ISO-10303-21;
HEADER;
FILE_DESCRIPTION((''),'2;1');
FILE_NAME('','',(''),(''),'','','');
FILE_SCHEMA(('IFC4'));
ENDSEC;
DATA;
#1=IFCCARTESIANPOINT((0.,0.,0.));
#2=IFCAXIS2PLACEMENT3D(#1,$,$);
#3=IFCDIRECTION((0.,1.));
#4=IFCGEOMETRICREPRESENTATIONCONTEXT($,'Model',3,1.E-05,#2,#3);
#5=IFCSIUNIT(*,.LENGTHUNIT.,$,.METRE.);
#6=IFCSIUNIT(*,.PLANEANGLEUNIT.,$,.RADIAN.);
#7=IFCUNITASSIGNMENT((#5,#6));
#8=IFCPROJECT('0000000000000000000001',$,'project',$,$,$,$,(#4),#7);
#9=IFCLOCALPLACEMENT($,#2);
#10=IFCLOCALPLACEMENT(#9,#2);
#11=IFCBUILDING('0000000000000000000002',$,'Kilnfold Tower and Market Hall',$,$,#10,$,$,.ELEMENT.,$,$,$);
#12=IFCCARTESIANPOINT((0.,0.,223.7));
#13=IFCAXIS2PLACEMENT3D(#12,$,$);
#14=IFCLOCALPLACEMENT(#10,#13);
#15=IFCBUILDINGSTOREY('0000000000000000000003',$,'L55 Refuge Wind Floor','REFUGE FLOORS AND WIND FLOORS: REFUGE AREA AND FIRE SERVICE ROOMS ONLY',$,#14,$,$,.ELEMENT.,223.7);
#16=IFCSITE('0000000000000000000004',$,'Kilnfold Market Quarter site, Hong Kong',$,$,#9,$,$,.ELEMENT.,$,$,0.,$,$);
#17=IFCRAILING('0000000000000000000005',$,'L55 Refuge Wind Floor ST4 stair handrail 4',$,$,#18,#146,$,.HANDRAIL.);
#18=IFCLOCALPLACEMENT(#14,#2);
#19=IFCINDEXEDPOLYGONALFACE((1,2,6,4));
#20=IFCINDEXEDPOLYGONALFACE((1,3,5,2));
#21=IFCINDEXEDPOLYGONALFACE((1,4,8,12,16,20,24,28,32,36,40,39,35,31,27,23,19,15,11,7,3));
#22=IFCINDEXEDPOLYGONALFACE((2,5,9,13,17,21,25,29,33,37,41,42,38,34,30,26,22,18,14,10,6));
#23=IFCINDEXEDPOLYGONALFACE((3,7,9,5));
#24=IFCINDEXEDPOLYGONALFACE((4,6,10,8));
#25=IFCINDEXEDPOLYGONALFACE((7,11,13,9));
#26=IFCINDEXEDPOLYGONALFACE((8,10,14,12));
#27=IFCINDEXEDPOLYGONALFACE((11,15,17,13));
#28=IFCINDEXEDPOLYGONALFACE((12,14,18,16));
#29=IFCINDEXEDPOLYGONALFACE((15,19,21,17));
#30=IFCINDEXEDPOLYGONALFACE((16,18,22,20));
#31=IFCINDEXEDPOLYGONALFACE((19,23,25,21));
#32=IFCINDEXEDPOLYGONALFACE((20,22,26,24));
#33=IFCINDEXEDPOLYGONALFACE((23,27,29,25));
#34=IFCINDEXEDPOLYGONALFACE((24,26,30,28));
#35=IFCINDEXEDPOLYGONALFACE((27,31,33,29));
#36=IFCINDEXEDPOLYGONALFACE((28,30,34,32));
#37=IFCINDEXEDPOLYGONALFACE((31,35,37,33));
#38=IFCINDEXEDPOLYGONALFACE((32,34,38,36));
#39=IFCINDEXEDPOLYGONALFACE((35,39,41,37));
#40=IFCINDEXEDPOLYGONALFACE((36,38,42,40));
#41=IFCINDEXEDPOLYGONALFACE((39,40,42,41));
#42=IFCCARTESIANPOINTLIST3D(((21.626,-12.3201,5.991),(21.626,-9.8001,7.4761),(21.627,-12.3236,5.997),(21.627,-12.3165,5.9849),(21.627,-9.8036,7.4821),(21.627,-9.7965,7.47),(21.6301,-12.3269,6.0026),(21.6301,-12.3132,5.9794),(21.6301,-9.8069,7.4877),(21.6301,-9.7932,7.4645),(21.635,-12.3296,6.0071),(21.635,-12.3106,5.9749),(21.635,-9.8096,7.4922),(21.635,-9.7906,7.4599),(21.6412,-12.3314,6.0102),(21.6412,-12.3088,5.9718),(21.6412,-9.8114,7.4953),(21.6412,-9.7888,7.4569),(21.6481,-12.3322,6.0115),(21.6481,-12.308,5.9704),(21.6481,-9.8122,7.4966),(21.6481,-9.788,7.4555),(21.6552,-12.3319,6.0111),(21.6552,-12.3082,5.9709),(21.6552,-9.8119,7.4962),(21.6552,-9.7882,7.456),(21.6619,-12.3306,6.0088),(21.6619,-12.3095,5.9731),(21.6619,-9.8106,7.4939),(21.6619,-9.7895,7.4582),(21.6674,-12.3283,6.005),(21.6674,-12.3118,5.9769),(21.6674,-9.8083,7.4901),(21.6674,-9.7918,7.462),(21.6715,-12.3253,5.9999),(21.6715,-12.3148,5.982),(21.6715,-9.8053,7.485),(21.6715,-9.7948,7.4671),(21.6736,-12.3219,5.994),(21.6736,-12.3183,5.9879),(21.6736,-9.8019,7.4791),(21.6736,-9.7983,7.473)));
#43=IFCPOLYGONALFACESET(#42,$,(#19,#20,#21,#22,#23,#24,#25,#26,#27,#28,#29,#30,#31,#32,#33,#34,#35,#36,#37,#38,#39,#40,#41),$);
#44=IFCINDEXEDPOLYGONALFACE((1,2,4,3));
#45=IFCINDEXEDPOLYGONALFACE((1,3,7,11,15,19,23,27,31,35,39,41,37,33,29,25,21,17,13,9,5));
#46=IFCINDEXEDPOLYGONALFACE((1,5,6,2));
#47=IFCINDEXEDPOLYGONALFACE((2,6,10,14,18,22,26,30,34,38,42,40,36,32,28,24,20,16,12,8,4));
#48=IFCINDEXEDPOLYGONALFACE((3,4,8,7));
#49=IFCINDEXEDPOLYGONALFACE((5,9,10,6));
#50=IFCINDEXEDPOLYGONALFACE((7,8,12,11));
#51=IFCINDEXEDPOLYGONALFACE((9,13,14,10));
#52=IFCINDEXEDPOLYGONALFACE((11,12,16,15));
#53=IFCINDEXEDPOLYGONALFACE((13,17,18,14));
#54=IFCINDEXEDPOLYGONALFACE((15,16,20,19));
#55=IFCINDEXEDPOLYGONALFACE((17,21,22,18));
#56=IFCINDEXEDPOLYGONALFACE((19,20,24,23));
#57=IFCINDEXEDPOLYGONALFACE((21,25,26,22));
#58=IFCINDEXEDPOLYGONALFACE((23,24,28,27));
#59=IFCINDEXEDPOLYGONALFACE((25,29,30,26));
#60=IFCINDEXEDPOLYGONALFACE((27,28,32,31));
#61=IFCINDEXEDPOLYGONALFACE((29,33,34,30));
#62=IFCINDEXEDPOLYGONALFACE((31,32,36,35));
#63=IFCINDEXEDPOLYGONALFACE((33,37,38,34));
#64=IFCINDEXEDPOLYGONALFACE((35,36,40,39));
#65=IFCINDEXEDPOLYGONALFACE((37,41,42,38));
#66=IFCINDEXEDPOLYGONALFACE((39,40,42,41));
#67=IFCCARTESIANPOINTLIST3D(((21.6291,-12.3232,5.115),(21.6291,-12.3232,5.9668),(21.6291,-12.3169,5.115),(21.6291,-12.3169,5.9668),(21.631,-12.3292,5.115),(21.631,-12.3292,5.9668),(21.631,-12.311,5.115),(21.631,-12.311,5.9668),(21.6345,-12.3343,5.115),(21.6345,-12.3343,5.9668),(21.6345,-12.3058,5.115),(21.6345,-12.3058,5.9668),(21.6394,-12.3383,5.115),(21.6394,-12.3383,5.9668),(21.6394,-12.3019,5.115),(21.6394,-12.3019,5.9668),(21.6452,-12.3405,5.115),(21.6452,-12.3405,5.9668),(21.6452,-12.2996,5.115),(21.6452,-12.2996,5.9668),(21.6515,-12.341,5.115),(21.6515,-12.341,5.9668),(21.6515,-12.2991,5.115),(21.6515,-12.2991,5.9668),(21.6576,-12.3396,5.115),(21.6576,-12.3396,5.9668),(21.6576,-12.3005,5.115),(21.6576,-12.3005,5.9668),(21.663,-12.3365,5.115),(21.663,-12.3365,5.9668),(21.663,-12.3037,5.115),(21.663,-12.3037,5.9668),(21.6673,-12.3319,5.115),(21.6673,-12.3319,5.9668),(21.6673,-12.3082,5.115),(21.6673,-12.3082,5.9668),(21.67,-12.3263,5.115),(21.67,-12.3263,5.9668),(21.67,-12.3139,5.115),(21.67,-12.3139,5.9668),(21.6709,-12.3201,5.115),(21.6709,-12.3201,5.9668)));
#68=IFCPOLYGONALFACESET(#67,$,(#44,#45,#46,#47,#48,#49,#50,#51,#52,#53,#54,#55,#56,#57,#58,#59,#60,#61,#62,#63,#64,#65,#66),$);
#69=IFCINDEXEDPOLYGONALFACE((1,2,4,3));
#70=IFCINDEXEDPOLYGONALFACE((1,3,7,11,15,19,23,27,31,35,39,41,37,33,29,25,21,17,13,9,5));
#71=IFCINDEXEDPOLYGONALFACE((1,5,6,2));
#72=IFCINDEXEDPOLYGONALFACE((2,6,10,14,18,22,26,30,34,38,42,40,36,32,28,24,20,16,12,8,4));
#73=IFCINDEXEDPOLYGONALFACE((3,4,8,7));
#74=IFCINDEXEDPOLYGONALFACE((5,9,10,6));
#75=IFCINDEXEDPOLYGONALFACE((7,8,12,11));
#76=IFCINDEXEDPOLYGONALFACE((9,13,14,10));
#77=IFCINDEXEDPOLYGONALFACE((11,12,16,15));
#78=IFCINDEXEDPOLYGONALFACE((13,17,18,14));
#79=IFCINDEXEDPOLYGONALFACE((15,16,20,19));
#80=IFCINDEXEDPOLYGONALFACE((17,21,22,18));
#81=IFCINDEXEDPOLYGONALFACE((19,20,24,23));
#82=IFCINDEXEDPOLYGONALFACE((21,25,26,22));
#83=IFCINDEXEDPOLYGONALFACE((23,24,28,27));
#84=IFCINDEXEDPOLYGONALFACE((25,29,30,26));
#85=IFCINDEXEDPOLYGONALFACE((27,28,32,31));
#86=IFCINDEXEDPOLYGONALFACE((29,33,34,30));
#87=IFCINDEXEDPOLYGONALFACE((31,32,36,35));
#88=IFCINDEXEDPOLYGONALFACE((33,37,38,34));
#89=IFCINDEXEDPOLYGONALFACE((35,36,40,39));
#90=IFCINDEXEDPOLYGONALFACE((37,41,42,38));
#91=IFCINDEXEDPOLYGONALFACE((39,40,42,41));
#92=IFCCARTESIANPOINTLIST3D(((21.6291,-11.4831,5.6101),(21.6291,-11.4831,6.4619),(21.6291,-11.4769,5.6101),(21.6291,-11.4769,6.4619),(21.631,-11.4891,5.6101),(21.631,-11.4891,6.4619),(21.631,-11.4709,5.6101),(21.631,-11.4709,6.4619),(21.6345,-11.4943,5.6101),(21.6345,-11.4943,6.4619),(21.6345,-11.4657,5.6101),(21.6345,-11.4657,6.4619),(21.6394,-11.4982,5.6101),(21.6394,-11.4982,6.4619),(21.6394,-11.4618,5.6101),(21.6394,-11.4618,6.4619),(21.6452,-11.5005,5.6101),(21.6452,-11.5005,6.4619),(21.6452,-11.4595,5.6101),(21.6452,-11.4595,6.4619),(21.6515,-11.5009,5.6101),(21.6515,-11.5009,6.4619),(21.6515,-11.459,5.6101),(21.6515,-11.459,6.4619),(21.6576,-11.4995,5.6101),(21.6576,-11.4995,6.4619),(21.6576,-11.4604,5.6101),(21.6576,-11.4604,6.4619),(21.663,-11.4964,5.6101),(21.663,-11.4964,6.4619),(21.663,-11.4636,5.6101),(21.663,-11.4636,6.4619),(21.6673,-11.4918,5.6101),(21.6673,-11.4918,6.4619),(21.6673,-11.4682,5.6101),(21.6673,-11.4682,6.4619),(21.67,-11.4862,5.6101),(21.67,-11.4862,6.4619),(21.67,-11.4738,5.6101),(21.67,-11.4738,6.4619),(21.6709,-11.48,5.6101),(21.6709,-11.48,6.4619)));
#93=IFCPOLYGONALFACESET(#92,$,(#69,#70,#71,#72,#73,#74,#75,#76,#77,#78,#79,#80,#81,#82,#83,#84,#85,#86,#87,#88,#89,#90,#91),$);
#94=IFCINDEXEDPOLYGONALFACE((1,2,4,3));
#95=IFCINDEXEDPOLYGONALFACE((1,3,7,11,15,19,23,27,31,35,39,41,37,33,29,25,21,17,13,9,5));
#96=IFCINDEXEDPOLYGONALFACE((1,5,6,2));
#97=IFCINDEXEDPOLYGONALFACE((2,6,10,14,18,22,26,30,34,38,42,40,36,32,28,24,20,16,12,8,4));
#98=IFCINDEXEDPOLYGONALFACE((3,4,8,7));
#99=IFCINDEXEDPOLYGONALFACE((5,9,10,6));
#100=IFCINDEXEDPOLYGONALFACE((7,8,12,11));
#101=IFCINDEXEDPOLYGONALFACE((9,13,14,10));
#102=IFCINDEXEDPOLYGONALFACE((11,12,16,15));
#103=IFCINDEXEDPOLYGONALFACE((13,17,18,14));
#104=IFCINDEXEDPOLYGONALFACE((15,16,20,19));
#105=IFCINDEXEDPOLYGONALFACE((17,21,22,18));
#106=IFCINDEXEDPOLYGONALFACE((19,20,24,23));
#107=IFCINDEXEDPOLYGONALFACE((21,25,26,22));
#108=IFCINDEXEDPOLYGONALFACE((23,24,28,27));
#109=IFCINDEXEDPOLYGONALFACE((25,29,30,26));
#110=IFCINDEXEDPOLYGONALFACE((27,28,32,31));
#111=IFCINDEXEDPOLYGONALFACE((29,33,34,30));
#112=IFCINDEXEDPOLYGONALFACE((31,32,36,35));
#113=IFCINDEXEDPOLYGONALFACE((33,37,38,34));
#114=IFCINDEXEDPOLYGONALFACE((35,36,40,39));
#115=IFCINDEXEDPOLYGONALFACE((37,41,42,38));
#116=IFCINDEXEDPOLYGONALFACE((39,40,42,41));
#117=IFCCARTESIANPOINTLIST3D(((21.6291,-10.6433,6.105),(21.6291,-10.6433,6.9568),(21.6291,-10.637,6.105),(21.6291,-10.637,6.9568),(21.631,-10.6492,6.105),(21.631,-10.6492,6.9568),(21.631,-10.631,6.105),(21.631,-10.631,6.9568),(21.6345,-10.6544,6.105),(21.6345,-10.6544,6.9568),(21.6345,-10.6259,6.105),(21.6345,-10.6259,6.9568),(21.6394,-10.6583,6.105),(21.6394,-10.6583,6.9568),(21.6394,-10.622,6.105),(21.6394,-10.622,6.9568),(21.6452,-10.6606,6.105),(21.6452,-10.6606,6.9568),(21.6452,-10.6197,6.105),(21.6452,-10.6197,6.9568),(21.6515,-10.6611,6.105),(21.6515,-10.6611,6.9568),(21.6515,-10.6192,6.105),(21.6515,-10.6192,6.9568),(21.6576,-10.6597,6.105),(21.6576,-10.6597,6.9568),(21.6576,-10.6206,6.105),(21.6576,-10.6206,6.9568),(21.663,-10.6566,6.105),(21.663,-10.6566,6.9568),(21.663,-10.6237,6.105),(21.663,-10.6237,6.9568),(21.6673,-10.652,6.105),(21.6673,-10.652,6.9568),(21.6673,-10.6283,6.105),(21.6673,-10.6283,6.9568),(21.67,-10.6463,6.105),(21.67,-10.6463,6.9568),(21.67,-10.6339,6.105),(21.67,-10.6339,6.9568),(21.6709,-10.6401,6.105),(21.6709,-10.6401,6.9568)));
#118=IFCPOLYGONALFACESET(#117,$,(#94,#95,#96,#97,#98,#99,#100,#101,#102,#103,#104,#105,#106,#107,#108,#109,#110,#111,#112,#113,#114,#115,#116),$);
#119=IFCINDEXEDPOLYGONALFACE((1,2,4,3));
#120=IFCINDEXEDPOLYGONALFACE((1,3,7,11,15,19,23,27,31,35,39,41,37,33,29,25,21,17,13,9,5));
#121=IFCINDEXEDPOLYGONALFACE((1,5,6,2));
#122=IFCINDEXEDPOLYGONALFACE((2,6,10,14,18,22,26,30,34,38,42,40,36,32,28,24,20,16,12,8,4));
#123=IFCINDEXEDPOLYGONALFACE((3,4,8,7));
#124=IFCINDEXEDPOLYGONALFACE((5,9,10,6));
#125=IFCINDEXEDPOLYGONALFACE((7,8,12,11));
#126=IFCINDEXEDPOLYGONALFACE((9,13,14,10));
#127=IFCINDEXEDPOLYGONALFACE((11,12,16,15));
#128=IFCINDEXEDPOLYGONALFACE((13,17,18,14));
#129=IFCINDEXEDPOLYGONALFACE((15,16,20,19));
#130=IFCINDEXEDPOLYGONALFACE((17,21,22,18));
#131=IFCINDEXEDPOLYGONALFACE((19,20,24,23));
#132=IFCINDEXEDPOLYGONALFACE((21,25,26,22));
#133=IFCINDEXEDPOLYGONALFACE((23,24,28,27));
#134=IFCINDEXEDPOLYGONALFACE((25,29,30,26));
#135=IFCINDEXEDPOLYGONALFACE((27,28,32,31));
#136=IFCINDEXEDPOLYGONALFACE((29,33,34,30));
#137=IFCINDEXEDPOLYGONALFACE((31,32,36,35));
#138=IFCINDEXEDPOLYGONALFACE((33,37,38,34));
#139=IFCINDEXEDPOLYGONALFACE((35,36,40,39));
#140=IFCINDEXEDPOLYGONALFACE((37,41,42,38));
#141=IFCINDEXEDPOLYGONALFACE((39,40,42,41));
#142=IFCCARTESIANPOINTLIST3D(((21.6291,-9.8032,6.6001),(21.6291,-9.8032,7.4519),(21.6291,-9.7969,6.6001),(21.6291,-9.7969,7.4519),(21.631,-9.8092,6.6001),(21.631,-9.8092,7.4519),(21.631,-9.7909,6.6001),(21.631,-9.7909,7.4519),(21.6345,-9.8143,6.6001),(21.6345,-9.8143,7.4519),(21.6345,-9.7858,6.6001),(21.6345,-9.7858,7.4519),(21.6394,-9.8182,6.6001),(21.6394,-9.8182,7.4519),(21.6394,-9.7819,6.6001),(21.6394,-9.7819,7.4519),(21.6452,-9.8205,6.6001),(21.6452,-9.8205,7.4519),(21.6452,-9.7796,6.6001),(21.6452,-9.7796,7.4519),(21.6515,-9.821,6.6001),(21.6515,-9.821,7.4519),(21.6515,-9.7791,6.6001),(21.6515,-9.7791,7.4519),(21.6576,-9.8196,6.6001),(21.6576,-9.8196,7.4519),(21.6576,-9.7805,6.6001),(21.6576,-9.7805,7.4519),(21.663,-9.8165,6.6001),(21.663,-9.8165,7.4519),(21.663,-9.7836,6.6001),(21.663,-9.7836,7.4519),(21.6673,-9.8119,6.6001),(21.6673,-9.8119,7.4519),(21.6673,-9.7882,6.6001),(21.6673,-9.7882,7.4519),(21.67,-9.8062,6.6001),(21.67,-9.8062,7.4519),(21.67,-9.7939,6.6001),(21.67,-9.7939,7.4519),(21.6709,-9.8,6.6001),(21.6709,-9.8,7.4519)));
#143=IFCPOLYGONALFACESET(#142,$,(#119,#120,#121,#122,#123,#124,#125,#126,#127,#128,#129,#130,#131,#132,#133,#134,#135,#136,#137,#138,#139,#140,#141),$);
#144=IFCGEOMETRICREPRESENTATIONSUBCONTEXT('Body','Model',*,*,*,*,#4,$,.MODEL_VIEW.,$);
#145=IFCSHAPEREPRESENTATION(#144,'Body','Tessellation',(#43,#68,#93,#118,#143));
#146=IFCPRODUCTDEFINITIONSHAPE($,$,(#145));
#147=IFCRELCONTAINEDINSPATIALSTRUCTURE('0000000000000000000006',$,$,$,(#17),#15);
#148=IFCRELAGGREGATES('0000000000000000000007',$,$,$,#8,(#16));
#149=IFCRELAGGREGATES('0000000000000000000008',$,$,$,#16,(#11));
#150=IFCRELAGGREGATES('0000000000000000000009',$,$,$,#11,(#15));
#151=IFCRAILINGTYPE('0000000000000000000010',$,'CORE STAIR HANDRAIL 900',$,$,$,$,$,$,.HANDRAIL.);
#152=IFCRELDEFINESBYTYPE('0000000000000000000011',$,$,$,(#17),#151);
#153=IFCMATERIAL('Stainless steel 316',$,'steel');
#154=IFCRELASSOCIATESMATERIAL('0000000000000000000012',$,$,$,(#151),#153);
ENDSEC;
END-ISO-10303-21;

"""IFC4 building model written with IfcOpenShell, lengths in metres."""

from ifc_helpers import new_model, si_unit, direction, frame, origin, origin_2d, place, context, subcontext, project, spatial, circle, extrude, material, type_object, element, save


model = new_model("IFC4")

# Units and contexts
model_context = context("Model", 3, precision=1e-05, world=origin(), true_north=direction((0.0, 1.0)))
body_context = subcontext(model_context, "Body", "Model", "MODEL_VIEW")
ifc_project = project(units=[si_unit("LENGTHUNIT", "METRE"), si_unit("PLANEANGLEUNIT", "RADIAN")], contexts=[model_context])

# Site, building, storey
site_placement = place(None, origin())
site = spatial("IfcSite", under=ifc_project, at=site_placement, Name="Kilnfold Market Quarter site, Hong Kong", CompositionType="ELEMENT", RefElevation=0.0)
building_placement = place(site_placement, origin())
building = spatial("IfcBuilding", under=site, at=building_placement, Name="Kilnfold Tower and Market Hall", CompositionType="ELEMENT")
storey_placement = place(building_placement, frame((0.0, 0.0, 223.7)))
storey = spatial("IfcBuildingStorey", under=building, at=storey_placement, Name="L55 Refuge Wind Floor", Description="REFUGE FLOORS AND WIND FLOORS: REFUGE AREA AND FIRE SERVICE ROOMS ONLY", CompositionType="ELEMENT", Elevation=223.7)

# Railing
ifc_material_1 = material(Name="Stainless steel 316", Category="steel")
railing_type_1 = type_object("IfcRailingType", Name="CORE STAIR HANDRAIL 900", PredefinedType="HANDRAIL", material=ifc_material_1)
for number, where, name in (
    (1, (21.6499, -12.3201, 5.115), "L55 Refuge Wind Floor ST4 stair handrail 4"),
):
    element("IfcRailing", number, at=place(storey_placement, frame(where)), inside=storey, type_object=railing_type_1, Name=name, PredefinedType="HANDRAIL", context=body_context, shape_type="SweptSolid", body=[
        extrude(circle(Radius=0.0239, at=origin_2d()), frame((0.0, 0.0, 0.876), z_axis=(0.0, 0.861524, 0.507717), x_axis=(-1.0, 0.0, 0.0)), (0.0, 0.0, 1.0), 2.925),
        extrude(circle(Radius=0.021, at=origin_2d()), origin(), (0.0, 0.0, 1.0), 0.8518),
        extrude(circle(Radius=0.021, at=origin_2d()), frame((0.0, 0.8401, 0.4951)), (0.0, 0.0, 1.0), 0.8518),
        extrude(circle(Radius=0.021, at=origin_2d()), frame((0.0, 1.6799, 0.99)), (0.0, 0.0, 1.0), 0.8518),
        extrude(circle(Radius=0.021, at=origin_2d()), frame((0.0, 2.52, 1.4851)), (0.0, 0.0, 1.0), 0.8518),
    ])

save(model, "model.ifc")
